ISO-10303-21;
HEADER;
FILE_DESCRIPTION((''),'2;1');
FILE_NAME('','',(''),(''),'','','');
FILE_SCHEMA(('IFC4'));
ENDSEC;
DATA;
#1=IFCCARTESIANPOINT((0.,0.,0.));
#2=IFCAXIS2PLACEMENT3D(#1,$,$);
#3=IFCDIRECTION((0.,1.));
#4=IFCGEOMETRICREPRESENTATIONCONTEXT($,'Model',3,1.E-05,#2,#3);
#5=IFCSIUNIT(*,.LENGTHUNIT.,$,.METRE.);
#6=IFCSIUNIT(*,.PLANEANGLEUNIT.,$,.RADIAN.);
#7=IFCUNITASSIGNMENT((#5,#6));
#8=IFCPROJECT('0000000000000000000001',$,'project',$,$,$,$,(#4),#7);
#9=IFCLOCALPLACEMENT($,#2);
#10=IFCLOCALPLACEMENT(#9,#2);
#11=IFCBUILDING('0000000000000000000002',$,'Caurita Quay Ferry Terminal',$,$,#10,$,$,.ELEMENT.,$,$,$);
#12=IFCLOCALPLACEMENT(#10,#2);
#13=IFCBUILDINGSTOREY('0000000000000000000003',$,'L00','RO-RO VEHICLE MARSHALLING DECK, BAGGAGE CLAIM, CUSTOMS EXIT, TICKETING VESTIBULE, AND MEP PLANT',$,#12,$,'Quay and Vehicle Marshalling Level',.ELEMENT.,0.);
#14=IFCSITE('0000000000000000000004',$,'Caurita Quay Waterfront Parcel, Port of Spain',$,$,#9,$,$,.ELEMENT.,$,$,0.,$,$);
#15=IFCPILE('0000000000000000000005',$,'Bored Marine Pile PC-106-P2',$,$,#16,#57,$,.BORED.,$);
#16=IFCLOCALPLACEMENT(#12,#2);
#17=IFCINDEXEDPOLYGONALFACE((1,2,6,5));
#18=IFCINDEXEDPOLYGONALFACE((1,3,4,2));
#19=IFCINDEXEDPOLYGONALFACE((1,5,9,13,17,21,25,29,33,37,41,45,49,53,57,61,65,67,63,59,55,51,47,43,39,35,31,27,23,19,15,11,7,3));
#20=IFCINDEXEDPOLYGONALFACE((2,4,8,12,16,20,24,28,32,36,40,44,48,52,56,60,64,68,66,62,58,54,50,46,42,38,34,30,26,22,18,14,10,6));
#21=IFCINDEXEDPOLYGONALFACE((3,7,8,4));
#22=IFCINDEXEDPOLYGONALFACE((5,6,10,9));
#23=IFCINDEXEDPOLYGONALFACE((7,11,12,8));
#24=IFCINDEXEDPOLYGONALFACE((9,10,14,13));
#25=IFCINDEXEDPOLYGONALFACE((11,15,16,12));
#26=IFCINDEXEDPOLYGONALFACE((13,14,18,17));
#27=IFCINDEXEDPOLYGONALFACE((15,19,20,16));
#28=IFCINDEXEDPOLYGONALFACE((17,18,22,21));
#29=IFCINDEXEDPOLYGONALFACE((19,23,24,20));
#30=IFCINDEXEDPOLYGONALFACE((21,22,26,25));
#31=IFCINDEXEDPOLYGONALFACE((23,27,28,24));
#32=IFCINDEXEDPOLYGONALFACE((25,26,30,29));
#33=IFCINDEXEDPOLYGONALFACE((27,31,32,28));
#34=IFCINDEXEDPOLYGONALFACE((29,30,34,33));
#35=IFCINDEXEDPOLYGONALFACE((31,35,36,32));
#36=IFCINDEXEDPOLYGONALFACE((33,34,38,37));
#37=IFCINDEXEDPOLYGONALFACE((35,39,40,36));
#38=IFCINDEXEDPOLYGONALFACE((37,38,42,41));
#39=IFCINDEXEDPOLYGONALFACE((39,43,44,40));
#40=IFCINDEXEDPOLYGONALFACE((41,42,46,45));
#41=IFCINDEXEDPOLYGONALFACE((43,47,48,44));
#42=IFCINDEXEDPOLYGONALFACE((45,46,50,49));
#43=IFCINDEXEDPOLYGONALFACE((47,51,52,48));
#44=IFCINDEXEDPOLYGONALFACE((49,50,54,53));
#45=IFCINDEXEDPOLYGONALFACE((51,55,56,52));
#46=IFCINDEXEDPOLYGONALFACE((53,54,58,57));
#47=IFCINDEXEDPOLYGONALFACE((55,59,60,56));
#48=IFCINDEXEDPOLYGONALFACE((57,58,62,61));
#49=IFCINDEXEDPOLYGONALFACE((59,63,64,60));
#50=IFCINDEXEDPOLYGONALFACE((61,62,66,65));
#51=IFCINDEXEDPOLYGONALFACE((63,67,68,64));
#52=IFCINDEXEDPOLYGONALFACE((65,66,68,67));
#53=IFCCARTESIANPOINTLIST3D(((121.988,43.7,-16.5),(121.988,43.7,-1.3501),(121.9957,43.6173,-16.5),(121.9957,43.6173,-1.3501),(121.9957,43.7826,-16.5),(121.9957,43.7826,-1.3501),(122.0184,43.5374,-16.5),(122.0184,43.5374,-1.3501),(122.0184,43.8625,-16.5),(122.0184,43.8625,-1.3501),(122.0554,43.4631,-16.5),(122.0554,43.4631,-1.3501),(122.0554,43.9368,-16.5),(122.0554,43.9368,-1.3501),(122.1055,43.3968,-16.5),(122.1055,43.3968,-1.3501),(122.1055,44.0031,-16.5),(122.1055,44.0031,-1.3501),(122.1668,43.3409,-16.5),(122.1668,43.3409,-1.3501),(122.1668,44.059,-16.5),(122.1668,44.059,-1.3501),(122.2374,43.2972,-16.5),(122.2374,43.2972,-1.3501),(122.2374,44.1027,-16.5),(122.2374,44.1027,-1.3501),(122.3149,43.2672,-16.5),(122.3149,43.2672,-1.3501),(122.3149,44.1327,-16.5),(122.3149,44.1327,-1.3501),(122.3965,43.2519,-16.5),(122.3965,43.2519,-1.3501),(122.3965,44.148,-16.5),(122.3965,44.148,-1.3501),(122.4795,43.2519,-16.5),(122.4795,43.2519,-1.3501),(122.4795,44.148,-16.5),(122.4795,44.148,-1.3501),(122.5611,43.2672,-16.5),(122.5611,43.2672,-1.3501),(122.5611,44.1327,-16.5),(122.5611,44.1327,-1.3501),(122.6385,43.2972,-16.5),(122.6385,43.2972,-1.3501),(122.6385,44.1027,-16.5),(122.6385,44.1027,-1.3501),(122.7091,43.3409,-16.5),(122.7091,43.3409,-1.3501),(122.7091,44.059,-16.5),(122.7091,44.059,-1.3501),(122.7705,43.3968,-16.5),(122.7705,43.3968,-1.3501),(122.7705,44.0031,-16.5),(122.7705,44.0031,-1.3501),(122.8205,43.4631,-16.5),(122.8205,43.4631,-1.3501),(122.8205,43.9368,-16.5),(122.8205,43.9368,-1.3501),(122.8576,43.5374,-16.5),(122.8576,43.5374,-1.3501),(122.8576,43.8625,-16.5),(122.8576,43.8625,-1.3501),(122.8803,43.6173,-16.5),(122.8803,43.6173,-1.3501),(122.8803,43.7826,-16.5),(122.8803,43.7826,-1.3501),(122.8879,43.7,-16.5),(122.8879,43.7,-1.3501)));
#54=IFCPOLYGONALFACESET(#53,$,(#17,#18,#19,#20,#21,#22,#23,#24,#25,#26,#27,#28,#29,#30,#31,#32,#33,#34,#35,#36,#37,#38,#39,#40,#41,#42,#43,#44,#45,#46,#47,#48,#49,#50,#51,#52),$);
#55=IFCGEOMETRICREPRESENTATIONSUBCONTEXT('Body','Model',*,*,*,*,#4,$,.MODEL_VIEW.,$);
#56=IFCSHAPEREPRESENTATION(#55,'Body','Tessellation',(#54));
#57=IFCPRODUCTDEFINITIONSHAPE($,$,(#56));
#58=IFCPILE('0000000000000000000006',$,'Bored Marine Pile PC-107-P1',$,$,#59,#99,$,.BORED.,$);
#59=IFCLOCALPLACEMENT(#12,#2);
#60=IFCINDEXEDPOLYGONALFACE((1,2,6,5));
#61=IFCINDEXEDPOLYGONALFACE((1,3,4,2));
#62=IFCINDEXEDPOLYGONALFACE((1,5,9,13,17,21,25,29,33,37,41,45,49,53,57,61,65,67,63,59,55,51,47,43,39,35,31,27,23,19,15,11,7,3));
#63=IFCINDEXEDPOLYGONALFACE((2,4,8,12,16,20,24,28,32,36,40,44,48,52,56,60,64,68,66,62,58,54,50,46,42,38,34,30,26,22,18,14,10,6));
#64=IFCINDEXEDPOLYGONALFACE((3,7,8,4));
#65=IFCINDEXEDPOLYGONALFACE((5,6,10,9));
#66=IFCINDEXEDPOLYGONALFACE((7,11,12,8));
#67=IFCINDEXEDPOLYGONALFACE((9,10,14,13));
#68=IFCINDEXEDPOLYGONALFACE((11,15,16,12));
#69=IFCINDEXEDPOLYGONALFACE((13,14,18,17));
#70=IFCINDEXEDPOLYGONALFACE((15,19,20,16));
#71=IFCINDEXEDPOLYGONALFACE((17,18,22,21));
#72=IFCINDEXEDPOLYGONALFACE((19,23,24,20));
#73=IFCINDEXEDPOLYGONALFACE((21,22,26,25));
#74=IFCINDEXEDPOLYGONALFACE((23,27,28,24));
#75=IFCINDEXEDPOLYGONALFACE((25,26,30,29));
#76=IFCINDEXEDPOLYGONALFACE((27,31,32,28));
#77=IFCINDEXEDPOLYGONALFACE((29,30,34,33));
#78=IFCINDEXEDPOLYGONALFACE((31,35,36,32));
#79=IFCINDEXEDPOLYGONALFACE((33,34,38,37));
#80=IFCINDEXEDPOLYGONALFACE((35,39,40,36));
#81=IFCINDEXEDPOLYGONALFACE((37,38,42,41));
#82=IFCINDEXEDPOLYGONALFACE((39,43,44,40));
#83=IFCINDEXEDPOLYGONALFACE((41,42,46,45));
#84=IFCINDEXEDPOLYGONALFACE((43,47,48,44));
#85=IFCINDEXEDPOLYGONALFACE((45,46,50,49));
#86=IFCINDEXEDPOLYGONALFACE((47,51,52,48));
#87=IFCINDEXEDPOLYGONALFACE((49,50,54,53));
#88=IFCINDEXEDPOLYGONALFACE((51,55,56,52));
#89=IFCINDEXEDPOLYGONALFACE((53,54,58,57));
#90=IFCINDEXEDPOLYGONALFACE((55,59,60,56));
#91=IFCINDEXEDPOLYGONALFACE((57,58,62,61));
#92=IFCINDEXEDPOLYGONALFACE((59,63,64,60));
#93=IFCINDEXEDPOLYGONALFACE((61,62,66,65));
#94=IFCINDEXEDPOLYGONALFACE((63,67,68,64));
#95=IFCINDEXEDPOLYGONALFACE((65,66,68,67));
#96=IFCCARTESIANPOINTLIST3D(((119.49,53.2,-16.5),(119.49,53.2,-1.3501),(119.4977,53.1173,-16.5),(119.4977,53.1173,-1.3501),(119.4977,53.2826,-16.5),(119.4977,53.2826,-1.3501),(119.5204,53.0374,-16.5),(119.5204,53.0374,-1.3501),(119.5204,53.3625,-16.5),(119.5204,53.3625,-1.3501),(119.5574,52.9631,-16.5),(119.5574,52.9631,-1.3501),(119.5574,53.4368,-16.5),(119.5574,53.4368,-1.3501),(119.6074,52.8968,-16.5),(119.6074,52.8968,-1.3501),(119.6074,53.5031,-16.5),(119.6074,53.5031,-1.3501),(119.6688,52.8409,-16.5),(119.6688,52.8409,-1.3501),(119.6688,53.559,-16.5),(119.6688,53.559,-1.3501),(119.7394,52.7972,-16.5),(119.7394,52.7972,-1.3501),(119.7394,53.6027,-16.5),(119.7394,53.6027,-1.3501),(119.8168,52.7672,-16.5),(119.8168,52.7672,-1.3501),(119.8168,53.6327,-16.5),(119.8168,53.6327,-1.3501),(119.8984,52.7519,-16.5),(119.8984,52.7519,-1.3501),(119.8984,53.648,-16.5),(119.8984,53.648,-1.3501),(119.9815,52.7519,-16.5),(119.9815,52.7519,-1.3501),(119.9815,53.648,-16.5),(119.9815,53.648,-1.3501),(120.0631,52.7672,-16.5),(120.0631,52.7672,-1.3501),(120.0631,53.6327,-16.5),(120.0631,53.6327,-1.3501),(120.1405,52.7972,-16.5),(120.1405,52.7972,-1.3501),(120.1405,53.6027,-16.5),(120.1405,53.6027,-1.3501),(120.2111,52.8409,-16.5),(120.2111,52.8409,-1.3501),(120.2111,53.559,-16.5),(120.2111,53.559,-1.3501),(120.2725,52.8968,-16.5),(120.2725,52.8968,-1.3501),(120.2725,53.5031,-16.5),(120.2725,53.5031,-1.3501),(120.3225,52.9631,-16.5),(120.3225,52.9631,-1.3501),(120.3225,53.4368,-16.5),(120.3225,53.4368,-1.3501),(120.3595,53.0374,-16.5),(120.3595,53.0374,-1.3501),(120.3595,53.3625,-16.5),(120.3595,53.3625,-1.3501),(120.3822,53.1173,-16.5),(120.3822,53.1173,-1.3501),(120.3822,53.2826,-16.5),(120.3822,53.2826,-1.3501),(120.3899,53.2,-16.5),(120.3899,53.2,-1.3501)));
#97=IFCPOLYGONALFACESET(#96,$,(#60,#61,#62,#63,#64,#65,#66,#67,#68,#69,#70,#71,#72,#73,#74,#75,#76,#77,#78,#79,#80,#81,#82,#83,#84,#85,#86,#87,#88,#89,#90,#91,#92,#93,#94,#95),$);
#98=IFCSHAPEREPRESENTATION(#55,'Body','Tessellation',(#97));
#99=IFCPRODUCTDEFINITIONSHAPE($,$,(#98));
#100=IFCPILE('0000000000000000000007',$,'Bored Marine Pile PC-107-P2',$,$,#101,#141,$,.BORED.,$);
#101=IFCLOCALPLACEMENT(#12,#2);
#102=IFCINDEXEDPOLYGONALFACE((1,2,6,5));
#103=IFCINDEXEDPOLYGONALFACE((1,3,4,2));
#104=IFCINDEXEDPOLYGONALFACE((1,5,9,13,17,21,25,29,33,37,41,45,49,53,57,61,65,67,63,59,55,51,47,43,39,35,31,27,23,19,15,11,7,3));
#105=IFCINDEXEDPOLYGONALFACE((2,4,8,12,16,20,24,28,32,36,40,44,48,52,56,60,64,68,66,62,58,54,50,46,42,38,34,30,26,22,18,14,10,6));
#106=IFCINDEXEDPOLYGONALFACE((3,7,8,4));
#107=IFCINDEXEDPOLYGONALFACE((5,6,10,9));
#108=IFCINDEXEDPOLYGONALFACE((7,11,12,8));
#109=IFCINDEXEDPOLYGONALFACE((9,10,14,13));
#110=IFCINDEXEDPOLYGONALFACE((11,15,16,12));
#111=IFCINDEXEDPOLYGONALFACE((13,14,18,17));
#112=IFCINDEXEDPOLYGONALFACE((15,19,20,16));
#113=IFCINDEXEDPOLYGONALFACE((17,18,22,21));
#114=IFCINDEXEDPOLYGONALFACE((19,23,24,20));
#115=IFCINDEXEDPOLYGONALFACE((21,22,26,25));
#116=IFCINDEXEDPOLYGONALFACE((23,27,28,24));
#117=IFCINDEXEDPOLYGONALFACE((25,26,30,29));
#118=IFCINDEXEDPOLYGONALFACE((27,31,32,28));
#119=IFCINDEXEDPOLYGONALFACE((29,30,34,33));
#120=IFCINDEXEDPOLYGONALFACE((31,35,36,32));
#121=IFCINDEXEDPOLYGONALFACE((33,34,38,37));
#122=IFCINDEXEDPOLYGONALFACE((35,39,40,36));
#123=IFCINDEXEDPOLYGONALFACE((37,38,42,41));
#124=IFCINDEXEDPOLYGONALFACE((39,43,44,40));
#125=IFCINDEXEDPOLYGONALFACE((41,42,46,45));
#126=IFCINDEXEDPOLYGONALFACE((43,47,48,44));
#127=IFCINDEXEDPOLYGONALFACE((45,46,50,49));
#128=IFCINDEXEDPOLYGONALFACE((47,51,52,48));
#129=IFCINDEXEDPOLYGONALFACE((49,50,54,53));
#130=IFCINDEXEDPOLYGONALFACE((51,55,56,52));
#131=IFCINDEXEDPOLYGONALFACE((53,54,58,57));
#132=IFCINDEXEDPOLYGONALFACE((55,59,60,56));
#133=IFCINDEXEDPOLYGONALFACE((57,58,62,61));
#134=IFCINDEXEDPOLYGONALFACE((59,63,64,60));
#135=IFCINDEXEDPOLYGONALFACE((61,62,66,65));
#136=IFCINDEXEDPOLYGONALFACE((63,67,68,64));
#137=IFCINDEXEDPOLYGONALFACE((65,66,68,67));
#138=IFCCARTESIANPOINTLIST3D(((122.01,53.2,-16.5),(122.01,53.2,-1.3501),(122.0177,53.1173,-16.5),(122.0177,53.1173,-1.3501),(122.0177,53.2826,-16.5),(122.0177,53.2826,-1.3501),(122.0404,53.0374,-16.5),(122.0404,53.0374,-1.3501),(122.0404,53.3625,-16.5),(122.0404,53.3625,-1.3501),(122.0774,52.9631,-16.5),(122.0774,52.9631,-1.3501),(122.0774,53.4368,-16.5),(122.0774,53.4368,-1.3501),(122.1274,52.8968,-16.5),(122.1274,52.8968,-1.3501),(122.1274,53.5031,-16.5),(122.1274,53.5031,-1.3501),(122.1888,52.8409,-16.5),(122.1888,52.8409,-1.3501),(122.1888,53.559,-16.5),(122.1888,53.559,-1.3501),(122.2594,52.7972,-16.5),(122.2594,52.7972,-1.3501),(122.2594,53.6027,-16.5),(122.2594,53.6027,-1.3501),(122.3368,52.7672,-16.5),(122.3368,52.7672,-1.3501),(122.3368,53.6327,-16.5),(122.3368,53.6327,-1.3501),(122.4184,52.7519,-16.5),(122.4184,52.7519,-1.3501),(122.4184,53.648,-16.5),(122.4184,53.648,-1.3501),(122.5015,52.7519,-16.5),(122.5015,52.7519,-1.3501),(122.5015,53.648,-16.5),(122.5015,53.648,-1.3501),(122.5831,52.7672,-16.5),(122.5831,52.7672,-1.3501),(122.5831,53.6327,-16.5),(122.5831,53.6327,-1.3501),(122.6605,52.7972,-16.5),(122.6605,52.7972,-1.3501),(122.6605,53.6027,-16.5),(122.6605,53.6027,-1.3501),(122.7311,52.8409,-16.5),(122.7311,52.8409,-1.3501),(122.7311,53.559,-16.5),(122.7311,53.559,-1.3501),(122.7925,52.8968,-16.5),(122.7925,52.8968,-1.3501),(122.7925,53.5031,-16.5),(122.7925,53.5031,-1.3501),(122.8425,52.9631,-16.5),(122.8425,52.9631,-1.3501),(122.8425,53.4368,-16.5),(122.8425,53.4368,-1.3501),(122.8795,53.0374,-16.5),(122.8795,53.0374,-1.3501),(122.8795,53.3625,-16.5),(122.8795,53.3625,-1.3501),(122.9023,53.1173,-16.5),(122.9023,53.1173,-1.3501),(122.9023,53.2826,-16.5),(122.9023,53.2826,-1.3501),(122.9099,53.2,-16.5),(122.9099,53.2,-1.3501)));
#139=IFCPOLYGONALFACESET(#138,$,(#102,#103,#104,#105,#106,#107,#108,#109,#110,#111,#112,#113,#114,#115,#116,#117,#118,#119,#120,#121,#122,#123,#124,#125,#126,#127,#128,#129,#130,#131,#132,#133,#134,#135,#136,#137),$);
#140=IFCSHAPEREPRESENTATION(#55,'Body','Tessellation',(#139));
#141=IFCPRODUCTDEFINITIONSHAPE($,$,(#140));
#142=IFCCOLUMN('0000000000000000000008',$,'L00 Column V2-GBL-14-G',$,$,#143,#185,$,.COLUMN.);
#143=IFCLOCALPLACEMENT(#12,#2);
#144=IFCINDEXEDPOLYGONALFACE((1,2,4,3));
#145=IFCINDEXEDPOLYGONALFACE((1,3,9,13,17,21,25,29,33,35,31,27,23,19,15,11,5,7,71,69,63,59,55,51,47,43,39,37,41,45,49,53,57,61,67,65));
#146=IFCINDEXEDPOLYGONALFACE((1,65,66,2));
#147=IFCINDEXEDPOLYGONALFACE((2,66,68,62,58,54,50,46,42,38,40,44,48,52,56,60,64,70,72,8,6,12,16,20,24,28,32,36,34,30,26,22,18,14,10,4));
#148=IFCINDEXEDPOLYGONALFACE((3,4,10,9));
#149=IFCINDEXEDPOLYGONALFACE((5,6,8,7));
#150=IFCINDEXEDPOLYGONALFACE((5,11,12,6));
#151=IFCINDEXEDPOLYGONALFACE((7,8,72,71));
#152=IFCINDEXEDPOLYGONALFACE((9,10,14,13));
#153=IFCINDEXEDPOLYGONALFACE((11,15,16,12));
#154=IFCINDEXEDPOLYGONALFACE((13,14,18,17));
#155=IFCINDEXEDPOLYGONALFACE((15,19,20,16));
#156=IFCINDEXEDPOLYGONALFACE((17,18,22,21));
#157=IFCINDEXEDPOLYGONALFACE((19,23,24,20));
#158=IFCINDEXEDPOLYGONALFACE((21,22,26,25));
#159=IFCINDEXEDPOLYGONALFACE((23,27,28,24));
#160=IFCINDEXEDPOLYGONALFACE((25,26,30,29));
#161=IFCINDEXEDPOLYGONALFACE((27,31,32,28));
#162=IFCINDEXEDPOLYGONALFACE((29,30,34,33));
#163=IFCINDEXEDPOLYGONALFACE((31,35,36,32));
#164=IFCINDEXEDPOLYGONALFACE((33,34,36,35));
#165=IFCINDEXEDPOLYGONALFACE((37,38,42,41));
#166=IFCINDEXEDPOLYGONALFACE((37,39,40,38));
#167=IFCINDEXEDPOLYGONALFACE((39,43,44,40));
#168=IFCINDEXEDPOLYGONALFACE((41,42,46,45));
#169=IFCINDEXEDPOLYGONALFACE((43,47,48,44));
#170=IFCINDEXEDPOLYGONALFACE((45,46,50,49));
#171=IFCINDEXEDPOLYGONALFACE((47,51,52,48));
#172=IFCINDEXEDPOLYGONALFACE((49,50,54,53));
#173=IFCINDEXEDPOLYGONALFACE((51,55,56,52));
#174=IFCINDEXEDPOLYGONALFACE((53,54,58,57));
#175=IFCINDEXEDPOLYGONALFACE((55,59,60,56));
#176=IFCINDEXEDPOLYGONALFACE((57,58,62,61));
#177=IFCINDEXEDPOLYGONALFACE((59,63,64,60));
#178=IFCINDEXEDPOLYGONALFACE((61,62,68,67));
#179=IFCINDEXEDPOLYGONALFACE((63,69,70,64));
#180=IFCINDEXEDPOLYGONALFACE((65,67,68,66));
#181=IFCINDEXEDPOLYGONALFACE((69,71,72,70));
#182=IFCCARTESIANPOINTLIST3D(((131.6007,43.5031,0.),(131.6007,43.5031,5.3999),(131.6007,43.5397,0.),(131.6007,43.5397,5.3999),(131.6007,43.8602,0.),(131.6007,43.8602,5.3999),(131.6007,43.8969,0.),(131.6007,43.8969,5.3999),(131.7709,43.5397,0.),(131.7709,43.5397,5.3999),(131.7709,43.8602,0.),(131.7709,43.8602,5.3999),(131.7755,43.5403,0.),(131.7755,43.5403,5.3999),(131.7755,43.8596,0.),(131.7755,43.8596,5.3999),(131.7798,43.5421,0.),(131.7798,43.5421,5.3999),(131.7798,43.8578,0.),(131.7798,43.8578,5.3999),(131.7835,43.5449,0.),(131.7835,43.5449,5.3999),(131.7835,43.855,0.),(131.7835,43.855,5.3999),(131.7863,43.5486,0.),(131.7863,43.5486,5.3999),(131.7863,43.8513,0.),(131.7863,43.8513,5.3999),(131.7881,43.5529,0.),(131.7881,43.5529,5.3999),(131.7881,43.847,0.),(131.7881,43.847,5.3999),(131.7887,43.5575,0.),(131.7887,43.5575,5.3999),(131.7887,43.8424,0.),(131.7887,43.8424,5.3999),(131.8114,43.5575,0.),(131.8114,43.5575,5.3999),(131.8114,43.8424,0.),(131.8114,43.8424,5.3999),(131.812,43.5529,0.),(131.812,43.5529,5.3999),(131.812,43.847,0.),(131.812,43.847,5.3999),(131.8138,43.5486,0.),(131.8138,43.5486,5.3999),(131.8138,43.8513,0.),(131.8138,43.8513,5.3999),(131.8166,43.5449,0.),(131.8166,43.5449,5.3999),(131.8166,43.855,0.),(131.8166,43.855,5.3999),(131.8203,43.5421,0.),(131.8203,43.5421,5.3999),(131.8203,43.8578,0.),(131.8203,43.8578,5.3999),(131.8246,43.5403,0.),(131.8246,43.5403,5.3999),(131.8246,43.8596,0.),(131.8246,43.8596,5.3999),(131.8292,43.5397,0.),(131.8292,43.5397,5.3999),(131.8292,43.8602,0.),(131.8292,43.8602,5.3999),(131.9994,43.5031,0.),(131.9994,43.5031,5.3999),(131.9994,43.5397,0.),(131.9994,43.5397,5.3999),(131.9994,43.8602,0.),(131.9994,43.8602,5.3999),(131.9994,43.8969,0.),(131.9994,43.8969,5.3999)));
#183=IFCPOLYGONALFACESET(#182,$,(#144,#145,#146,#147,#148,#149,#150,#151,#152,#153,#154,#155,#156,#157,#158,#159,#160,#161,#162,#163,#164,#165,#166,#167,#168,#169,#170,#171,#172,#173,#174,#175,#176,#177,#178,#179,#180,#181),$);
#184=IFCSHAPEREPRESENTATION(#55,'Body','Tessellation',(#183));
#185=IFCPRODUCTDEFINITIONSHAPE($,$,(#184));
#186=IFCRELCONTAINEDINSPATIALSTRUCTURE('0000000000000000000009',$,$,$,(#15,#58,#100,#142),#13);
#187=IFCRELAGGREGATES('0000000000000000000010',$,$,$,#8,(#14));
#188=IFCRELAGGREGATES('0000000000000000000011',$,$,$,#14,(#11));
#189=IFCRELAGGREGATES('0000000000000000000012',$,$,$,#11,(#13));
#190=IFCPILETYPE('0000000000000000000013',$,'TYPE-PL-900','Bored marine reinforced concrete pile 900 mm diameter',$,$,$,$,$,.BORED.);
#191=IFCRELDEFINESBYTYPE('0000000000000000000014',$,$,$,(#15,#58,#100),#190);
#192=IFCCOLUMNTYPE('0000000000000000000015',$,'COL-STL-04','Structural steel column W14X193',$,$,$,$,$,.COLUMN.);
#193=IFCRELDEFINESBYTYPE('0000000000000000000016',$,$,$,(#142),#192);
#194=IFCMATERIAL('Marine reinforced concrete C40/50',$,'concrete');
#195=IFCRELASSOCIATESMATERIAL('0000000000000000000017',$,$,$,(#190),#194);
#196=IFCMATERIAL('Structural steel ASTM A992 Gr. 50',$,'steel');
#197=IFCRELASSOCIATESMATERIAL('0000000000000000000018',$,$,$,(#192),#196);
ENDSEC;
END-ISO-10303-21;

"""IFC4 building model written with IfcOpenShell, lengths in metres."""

from ifc_helpers import new_model, si_unit, direction, frame, origin, origin_2d, place, context, subcontext, project, spatial, circle, i_section, extrude, material, material_profile, profile_set, type_object, element, save


model = new_model("IFC4")

# Units and contexts
model_context = context("Model", 3, precision=1e-05, world=origin(), true_north=direction((0.0, 1.0)))
body_context = subcontext(model_context, "Body", "Model", "MODEL_VIEW")
ifc_project = project(units=[si_unit("LENGTHUNIT", "METRE"), si_unit("PLANEANGLEUNIT", "RADIAN")], contexts=[model_context])

# Site, building, storey
site_placement = place(None, origin())
site = spatial("IfcSite", under=ifc_project, at=site_placement, Name="Caurita Quay Waterfront Parcel, Port of Spain", CompositionType="ELEMENT", RefElevation=0.0)
building_placement = place(site_placement, origin())
building = spatial("IfcBuilding", under=site, at=building_placement, Name="Caurita Quay Ferry Terminal", CompositionType="ELEMENT")
storey_placement = place(building_placement, origin())
storey = spatial("IfcBuildingStorey", under=building, at=storey_placement, Name="L00", Description="RO-RO VEHICLE MARSHALLING DECK, BAGGAGE CLAIM, CUSTOMS EXIT, TICKETING VESTIBULE, AND MEP PLANT", LongName="Quay and Vehicle Marshalling Level", CompositionType="ELEMENT", Elevation=0.0)

# Piles
ifc_material_1 = material(Name="Marine reinforced concrete C40/50", Category="concrete")
ifc_material_profile_1 = material_profile(ifc_material_1, circle(Radius=0.45, at=origin_2d()), Name="PILE-D900")
ifc_profile_set_1 = profile_set([ifc_material_profile_1], Name="Marine reinforced concrete C40/50")
pile_type_1 = type_object("IfcPileType", Name="TYPE-PL-900", Description="Bored marine reinforced concrete pile 900 mm diameter", PredefinedType="BORED", material=ifc_profile_set_1)
for number, where, z_axis, x_axis, name in (
    (1, (122.438, 43.7, -1.3501), (0.0, 0.0, -1.0), (1.0, 0.0, 0.0), "Bored Marine Pile PC-106-P2"),
    (2, (119.9399, 53.2, -1.3501), (0.0, 0.0, -1.0), (1.0, 0.0, 0.0), "Bored Marine Pile PC-107-P1"),
    (3, (122.46, 53.2, -1.3501), (0.0, 0.0, -1.0), (1.0, 0.0, 0.0), "Bored Marine Pile PC-107-P2"),
):
    element("IfcPile", number, at=place(storey_placement, frame(where, z_axis=z_axis, x_axis=x_axis)), inside=storey, type_object=pile_type_1, Name=name, PredefinedType="BORED", context=body_context, shape_type="SweptSolid", body=[
        extrude(circle(Radius=0.45, at=origin_2d()), origin(), (0.0, 0.0, 1.0), 15.1499),
    ])

# Column
ifc_material_2 = material(Name="Structural steel ASTM A992 Gr. 50", Category="steel")
ifc_material_profile_2 = material_profile(ifc_material_2, i_section(OverallWidth=0.3987, OverallDepth=0.3938, WebThickness=0.0227, FlangeThickness=0.0366, FilletRadius=0.0178, at=origin_2d()), Name="W14X193")
ifc_profile_set_2 = profile_set([ifc_material_profile_2], Name="Structural steel ASTM A992 Gr. 50")
column_type_1 = type_object("IfcColumnType", Name="COL-STL-04", Description="Structural steel column W14X193", PredefinedType="COLUMN", material=ifc_profile_set_2)
for number, where, z_axis, x_axis, name in (
    (4, (131.8, 43.7, 0.0), (0.0, 0.0, 1.0), (1.0, 0.0, 0.0), "L00 Column V2-GBL-14-G"),
):
    element("IfcColumn", number, at=place(storey_placement, frame(where, z_axis=z_axis, x_axis=x_axis)), inside=storey, type_object=column_type_1, Name=name, PredefinedType="COLUMN", context=body_context, shape_type="SweptSolid", body=[
        extrude(i_section(OverallWidth=0.3987, OverallDepth=0.3938, WebThickness=0.0227, FlangeThickness=0.0366, FilletRadius=0.0178, at=origin_2d()), origin(), (0.0, 0.0, 1.0), 5.3999),
    ])

save(model, "model.ifc")
